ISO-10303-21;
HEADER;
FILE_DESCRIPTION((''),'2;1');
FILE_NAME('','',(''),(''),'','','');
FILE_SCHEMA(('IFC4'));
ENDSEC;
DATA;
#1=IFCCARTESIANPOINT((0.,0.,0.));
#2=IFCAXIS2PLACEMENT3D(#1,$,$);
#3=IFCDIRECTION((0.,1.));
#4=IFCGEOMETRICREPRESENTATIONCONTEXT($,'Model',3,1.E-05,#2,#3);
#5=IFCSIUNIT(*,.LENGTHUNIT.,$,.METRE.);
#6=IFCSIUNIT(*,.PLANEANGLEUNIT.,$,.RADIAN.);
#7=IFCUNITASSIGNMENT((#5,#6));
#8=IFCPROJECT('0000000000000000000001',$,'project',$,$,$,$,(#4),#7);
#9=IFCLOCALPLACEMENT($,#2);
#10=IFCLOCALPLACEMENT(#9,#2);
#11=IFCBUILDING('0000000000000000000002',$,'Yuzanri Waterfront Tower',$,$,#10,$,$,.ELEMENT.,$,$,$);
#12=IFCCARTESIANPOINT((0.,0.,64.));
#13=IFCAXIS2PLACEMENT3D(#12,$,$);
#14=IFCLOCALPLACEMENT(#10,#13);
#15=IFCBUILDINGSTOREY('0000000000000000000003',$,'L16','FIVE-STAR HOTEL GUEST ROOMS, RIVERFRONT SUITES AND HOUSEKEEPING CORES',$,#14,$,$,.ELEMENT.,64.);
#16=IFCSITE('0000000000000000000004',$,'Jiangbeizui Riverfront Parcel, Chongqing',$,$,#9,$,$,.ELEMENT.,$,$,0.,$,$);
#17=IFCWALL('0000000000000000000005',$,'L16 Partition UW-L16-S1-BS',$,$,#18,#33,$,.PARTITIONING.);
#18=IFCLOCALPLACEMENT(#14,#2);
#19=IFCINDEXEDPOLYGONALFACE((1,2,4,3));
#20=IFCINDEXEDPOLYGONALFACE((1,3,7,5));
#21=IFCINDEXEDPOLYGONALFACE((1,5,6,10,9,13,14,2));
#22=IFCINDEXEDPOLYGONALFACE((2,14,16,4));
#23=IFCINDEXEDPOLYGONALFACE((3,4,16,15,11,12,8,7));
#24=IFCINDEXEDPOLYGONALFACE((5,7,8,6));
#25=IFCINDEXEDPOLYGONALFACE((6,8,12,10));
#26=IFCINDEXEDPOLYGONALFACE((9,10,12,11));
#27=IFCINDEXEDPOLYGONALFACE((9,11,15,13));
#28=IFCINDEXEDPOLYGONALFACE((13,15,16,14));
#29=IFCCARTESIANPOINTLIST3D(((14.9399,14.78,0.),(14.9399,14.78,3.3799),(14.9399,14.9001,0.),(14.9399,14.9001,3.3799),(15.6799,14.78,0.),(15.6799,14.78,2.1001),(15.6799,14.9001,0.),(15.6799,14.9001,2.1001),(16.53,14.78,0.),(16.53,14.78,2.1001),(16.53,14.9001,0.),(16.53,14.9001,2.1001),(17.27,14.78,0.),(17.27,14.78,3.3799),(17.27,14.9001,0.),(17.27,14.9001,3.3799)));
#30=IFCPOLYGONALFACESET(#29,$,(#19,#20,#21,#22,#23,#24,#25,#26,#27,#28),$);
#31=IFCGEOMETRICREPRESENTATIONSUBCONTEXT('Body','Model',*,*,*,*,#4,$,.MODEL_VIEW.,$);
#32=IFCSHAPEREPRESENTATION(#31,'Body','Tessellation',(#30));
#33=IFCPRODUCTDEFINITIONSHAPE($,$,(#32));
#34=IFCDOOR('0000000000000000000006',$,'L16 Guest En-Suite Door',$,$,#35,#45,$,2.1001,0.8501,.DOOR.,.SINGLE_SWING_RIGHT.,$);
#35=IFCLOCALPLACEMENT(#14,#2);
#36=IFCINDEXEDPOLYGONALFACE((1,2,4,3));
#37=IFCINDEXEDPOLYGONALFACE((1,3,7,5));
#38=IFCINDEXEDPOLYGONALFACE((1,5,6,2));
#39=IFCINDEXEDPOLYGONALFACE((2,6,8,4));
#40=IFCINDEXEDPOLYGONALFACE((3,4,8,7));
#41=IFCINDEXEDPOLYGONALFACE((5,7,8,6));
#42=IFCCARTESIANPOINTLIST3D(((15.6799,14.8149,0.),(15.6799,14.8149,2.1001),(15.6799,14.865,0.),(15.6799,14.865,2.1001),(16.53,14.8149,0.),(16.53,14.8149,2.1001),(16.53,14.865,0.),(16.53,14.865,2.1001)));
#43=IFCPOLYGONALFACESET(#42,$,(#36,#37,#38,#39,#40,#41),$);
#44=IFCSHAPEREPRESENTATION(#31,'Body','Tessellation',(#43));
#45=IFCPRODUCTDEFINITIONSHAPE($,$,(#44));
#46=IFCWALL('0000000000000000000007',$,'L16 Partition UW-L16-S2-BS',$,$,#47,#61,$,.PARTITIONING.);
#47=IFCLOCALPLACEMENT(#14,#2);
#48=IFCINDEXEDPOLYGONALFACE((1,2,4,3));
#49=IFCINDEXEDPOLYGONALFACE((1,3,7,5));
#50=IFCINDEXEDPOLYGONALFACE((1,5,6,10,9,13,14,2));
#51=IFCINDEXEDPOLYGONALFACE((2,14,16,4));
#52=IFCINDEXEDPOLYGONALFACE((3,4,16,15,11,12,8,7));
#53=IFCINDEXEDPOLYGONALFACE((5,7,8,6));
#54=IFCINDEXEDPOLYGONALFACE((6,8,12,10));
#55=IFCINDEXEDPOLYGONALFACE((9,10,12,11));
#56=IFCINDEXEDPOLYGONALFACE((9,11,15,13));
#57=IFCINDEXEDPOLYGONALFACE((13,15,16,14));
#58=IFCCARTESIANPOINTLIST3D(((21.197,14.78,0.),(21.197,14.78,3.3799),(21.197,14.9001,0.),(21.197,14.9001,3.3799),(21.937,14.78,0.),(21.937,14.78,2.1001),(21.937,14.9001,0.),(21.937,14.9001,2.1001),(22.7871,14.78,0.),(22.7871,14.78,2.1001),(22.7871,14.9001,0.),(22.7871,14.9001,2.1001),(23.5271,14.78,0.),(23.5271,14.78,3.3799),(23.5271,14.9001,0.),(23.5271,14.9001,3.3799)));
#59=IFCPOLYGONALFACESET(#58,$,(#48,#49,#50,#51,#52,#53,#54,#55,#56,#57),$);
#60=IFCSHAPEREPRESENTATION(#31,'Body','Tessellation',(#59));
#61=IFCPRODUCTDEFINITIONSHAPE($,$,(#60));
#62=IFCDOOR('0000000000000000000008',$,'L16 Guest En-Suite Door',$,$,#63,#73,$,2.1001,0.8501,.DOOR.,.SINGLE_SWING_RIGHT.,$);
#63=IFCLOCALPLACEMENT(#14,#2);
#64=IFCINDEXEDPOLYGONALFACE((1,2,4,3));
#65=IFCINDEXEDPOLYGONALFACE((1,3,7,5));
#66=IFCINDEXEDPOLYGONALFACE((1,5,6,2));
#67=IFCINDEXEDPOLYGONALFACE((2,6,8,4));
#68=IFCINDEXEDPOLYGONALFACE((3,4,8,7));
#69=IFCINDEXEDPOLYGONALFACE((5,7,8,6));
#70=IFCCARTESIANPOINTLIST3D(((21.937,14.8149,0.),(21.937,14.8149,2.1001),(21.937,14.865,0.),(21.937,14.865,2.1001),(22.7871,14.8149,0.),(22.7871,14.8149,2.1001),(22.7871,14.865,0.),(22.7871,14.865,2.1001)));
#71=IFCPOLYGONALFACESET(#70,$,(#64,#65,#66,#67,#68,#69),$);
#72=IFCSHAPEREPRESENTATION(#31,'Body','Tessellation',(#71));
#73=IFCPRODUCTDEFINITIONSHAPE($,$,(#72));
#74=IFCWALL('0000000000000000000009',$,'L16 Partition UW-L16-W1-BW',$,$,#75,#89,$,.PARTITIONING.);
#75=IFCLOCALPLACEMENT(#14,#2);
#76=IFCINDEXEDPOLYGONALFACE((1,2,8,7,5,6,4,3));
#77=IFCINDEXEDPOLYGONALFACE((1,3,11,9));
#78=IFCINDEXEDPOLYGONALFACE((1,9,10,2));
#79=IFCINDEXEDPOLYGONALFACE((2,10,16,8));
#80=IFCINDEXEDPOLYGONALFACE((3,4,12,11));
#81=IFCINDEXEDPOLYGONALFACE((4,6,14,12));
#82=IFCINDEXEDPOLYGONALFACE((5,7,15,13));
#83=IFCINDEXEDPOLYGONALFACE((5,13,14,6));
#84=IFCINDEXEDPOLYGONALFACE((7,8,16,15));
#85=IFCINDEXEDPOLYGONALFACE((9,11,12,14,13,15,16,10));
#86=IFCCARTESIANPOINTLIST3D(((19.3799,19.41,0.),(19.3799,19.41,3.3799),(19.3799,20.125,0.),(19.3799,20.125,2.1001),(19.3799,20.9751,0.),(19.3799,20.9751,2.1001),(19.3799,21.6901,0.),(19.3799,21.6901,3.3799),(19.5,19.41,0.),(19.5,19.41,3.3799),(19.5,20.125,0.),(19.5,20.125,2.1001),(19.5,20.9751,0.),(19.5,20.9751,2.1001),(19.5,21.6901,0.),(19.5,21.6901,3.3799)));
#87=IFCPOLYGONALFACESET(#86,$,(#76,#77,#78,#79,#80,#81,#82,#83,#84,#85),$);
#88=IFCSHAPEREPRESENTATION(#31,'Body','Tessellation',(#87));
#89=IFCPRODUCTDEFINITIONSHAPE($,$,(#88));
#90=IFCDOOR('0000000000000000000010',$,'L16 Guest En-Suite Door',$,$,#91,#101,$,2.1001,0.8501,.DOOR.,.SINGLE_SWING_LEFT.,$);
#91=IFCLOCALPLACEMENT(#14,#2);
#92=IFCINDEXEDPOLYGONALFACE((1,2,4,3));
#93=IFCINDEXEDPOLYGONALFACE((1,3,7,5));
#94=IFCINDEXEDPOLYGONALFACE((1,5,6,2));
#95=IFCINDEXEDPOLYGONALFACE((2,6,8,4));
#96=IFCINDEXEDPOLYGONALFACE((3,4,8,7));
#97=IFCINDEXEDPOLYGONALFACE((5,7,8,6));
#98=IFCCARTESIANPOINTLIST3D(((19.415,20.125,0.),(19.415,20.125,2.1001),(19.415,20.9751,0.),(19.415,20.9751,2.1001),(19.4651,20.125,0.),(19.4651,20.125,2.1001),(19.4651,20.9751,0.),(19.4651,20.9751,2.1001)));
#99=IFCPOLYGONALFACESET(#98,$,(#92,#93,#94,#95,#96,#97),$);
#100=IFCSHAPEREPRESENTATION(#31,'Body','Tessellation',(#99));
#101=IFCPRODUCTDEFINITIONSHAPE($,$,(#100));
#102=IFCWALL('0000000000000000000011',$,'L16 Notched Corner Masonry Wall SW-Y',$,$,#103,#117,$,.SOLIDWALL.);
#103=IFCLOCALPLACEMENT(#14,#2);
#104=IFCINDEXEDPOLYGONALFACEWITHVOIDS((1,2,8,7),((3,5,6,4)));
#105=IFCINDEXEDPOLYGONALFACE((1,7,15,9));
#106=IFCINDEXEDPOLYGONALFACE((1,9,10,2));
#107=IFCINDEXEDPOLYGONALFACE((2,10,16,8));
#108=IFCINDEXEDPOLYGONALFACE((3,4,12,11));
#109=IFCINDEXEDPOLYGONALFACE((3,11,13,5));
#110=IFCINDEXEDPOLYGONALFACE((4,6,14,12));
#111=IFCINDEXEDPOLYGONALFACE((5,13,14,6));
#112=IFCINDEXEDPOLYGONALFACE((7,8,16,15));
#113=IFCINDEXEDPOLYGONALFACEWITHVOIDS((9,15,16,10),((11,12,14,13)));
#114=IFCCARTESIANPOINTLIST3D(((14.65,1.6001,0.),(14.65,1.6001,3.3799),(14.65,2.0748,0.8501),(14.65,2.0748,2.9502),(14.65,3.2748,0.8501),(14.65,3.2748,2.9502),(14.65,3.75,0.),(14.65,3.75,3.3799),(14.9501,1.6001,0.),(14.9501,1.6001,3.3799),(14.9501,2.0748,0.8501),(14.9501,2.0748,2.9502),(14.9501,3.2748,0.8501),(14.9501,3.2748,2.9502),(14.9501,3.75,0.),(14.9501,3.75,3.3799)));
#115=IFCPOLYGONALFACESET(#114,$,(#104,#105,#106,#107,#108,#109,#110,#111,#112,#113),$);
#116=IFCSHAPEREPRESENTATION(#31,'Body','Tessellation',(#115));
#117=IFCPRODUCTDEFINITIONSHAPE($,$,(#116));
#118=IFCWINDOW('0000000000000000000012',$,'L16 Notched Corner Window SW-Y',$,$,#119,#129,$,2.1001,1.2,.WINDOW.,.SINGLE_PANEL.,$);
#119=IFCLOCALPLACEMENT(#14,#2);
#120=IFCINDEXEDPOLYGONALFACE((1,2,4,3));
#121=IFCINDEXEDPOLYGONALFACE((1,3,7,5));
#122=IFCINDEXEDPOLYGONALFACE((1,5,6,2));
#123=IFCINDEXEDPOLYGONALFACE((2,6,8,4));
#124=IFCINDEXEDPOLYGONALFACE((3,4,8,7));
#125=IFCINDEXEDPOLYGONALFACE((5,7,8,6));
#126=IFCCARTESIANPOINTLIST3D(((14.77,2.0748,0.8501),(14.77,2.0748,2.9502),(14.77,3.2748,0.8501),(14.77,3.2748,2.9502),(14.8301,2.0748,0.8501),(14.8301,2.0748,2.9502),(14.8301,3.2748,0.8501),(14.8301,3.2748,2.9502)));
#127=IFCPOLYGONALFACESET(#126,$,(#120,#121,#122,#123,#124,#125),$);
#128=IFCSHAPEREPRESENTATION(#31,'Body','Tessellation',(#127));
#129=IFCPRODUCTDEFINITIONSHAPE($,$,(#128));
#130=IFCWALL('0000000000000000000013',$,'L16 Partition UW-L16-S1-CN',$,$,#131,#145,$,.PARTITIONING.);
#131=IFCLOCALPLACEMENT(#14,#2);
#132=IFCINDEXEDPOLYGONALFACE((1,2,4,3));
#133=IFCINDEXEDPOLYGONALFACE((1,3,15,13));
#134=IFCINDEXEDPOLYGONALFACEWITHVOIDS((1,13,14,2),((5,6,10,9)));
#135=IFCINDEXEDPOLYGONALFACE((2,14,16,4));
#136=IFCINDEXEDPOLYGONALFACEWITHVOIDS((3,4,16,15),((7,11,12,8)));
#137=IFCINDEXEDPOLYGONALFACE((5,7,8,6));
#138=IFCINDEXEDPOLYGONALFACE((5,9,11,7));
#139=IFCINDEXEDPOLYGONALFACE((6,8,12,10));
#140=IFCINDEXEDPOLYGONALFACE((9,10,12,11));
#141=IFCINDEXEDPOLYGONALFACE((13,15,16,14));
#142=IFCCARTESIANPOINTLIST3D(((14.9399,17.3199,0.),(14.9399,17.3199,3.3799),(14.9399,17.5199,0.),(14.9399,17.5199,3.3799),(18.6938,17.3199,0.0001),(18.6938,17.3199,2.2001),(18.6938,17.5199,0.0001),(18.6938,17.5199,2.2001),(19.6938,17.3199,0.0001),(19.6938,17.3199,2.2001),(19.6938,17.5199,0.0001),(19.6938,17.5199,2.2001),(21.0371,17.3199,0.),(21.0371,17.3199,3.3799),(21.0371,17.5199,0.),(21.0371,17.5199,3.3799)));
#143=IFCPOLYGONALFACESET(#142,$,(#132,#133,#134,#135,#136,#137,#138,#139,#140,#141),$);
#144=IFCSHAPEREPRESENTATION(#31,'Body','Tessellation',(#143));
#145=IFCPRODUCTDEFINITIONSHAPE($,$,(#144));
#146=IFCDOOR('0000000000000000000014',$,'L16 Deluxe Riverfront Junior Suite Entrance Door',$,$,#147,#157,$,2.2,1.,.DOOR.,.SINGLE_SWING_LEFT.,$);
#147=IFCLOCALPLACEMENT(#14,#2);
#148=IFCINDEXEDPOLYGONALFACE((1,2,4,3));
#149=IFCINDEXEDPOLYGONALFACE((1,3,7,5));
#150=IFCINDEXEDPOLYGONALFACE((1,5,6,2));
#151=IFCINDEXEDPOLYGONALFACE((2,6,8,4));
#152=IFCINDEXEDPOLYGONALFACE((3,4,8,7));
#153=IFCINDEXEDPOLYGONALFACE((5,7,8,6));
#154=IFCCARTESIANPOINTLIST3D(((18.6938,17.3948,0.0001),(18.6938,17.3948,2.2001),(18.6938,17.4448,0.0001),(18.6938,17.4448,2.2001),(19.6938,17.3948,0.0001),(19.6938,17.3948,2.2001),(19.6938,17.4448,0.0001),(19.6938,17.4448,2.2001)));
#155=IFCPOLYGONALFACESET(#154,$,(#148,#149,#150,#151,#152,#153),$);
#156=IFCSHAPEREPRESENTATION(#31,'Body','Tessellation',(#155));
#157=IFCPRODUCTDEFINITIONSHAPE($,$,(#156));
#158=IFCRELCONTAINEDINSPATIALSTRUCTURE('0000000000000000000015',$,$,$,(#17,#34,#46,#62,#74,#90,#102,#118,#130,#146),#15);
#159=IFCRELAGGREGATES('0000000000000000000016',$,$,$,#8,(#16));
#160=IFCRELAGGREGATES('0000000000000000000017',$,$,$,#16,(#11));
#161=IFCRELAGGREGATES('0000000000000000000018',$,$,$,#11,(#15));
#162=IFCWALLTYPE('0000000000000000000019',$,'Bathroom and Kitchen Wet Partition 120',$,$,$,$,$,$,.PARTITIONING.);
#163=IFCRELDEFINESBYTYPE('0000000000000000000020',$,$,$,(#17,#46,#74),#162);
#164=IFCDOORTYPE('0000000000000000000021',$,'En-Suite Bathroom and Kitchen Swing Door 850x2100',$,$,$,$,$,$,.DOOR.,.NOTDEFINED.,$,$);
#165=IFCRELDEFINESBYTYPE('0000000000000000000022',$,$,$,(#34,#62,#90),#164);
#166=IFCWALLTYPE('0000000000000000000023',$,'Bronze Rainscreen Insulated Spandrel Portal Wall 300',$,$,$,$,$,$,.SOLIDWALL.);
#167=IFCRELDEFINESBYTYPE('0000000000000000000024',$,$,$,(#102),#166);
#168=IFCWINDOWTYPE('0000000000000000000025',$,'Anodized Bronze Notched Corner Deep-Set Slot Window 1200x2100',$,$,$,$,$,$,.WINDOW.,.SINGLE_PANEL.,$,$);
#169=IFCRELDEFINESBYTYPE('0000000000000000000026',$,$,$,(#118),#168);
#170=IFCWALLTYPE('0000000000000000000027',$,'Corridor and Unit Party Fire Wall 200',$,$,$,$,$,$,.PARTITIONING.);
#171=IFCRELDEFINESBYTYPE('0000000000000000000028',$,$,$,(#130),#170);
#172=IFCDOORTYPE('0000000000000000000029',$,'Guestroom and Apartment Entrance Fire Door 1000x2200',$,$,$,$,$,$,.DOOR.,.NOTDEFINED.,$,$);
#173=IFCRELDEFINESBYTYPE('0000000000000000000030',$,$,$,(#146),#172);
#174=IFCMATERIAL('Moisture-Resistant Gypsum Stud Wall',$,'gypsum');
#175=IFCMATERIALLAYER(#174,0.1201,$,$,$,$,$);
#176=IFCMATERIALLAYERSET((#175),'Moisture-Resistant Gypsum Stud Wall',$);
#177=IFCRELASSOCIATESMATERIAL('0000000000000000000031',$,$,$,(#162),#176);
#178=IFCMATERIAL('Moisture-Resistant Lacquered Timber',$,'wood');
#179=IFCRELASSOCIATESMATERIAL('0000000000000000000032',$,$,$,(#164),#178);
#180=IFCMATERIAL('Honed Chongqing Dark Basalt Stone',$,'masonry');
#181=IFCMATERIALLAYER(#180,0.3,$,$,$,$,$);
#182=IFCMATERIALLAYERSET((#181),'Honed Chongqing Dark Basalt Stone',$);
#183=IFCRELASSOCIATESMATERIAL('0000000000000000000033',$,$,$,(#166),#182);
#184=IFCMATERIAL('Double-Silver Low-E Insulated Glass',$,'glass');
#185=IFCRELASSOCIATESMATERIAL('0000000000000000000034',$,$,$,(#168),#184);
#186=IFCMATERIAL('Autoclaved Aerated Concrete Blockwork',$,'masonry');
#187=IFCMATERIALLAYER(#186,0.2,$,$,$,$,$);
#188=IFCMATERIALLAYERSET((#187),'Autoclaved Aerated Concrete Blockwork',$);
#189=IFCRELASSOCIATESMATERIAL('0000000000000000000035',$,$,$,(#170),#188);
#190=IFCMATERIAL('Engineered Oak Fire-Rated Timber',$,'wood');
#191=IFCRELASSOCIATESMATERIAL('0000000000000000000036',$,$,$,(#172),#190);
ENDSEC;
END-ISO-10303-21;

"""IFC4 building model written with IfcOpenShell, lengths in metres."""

from ifc_helpers import new_model, si_unit, direction, frame, frame_2d, origin, place, context, subcontext, project, spatial, rectangle, extrude, source, transform, mapped, material, layer, layer_set, type_object, element, fill, save


model = new_model("IFC4")

# Units and contexts
model_context = context("Model", 3, precision=1e-05, world=origin(), true_north=direction((0.0, 1.0)))
body_context = subcontext(model_context, "Body", "Model", "MODEL_VIEW")
ifc_project = project(units=[si_unit("LENGTHUNIT", "METRE"), si_unit("PLANEANGLEUNIT", "RADIAN")], contexts=[model_context])

# Site, building, storey
site_placement = place(None, origin())
site = spatial("IfcSite", under=ifc_project, at=site_placement, Name="Jiangbeizui Riverfront Parcel, Chongqing", CompositionType="ELEMENT", RefElevation=0.0)
building_placement = place(site_placement, origin())
building = spatial("IfcBuilding", under=site, at=building_placement, Name="Yuzanri Waterfront Tower", CompositionType="ELEMENT")
storey_placement = place(building_placement, frame((0.0, 0.0, 64.0)))
storey = spatial("IfcBuildingStorey", under=building, at=storey_placement, Name="L16", Description="FIVE-STAR HOTEL GUEST ROOMS, RIVERFRONT SUITES AND HOUSEKEEPING CORES", CompositionType="ELEMENT", Elevation=64.0)

# Walls, openings, doors
ifc_material_1 = material(Name="Moisture-Resistant Gypsum Stud Wall", Category="gypsum")
ifc_layer_1 = layer(ifc_material_1, 0.1201)
ifc_layer_set_1 = layer_set([ifc_layer_1], Name="Moisture-Resistant Gypsum Stud Wall")
wall_type_1 = type_object("IfcWallType", Name="Bathroom and Kitchen Wet Partition 120", PredefinedType="PARTITIONING", material=ifc_layer_set_1)
wall_1_placement = place(storey_placement, frame((14.9399, 14.8401, 0.0), z_axis=(0.0, 0.0, 1.0), x_axis=(1.0, 0.0, 0.0)))
wall_1 = element("IfcWall", 1, at=wall_1_placement, inside=storey, type_object=wall_type_1, Name="L16 Partition UW-L16-S1-BS", PredefinedType="PARTITIONING", context=body_context, shape_type="SweptSolid", body=[
    extrude(rectangle(XDim=2.3301, YDim=0.1201, at=frame_2d((1.165, 0.0))), origin(), (0.0, 0.0, 1.0), 3.3799),
])
opening_1_placement = place(wall_1_placement, frame((0.74, 0.0, 0.0)))
opening_1 = element("IfcOpeningElement", 2, at=opening_1_placement, cuts=wall_1, PredefinedType="OPENING", context=body_context, shape_type="SweptSolid", body=[
    extrude(rectangle(XDim=0.8501, YDim=2.1001, at=frame_2d((0.425, 1.05))), frame((0.0, 0.075, 0.0), z_axis=(0.0, -1.0, 0.0), x_axis=(1.0, 0.0, 0.0)), (0.0, 0.0, 1.0), 0.1499),
])
ifc_material_2 = material(Name="Moisture-Resistant Lacquered Timber", Category="wood")
door_type_1 = type_object("IfcDoorType", Name="En-Suite Bathroom and Kitchen Swing Door 850x2100", OperationType="NOTDEFINED", PredefinedType="DOOR", material=ifc_material_2)
shared_shape_1 = source(origin(), body_context, "Body", "SweptSolid", [
    extrude(rectangle(XDim=0.8501, YDim=2.1001, at=frame_2d((0.425, 1.05))), frame((0.0, 0.0249, 0.0), z_axis=(0.0, -1.0, 0.0), x_axis=(1.0, 0.0, 0.0)), (0.0, 0.0, 1.0), 0.05),
])
door_1_placement = place(opening_1_placement, origin())
door_1 = element("IfcDoor", 3, at=door_1_placement, inside=storey, type_object=door_type_1, Name="L16 Guest En-Suite Door", OperationType="SINGLE_SWING_RIGHT", OverallHeight=2.1001, OverallWidth=0.8501, PredefinedType="DOOR", context=body_context, shape_type="MappedRepresentation", body=[
    mapped(shared_shape_1, transform((0.0, 0.0, 0.0), scale=1.0)),
])
fill(opening_1, door_1)
wall_2_placement = place(storey_placement, frame((21.197, 14.8401, 0.0), z_axis=(0.0, 0.0, 1.0), x_axis=(1.0, 0.0, 0.0)))
wall_2 = element("IfcWall", 4, at=wall_2_placement, inside=storey, type_object=wall_type_1, Name="L16 Partition UW-L16-S2-BS", PredefinedType="PARTITIONING", context=body_context, shape_type="SweptSolid", body=[
    extrude(rectangle(XDim=2.3301, YDim=0.1201, at=frame_2d((1.165, 0.0))), origin(), (0.0, 0.0, 1.0), 3.3799),
])
opening_2_placement = place(wall_2_placement, frame((0.74, 0.0, 0.0)))
opening_2 = element("IfcOpeningElement", 5, at=opening_2_placement, cuts=wall_2, PredefinedType="OPENING", context=body_context, shape_type="SweptSolid", body=[
    extrude(rectangle(XDim=0.8501, YDim=2.1001, at=frame_2d((0.425, 1.05))), frame((0.0, 0.075, 0.0), z_axis=(0.0, -1.0, 0.0), x_axis=(1.0, 0.0, 0.0)), (0.0, 0.0, 1.0), 0.1499),
])
door_2_placement = place(opening_2_placement, origin())
door_2 = element("IfcDoor", 6, at=door_2_placement, inside=storey, type_object=door_type_1, Name="L16 Guest En-Suite Door", OperationType="SINGLE_SWING_RIGHT", OverallHeight=2.1001, OverallWidth=0.8501, PredefinedType="DOOR", context=body_context, shape_type="MappedRepresentation", body=[
    mapped(shared_shape_1, transform((0.0, 0.0, 0.0), scale=1.0)),
])
fill(opening_2, door_2)
wall_3_placement = place(storey_placement, frame((19.4399, 19.4099, 0.0), z_axis=(0.0, 0.0, 1.0), x_axis=(0.0, 1.0, 0.0)))
wall_3 = element("IfcWall", 7, at=wall_3_placement, inside=storey, type_object=wall_type_1, Name="L16 Partition UW-L16-W1-BW", PredefinedType="PARTITIONING", context=body_context, shape_type="SweptSolid", body=[
    extrude(rectangle(XDim=2.28, YDim=0.1201, at=frame_2d((1.1401, 0.0))), origin(), (0.0, 0.0, 1.0), 3.3799),
])
opening_3_placement = place(wall_3_placement, frame((0.7151, 0.0, 0.0)))
opening_3 = element("IfcOpeningElement", 8, at=opening_3_placement, cuts=wall_3, PredefinedType="OPENING", context=body_context, shape_type="SweptSolid", body=[
    extrude(rectangle(XDim=0.8501, YDim=2.1001, at=frame_2d((0.425, 1.05))), frame((0.0, 0.075, 0.0), z_axis=(0.0, -1.0, 0.0), x_axis=(1.0, 0.0, 0.0)), (0.0, 0.0, 1.0), 0.1499),
])
door_3_placement = place(opening_3_placement, origin())
door_3 = element("IfcDoor", 9, at=door_3_placement, inside=storey, type_object=door_type_1, Name="L16 Guest En-Suite Door", OperationType="SINGLE_SWING_LEFT", OverallHeight=2.1001, OverallWidth=0.8501, PredefinedType="DOOR", context=body_context, shape_type="MappedRepresentation", body=[
    mapped(shared_shape_1, transform((0.0, 0.0, 0.0), scale=1.0)),
])
fill(opening_3, door_3)

# Wall, opening, window
ifc_material_3 = material(Name="Honed Chongqing Dark Basalt Stone", Category="masonry")
ifc_layer_2 = layer(ifc_material_3, 0.3)
ifc_layer_set_2 = layer_set([ifc_layer_2], Name="Honed Chongqing Dark Basalt Stone")
wall_type_2 = type_object("IfcWallType", Name="Bronze Rainscreen Insulated Spandrel Portal Wall 300", PredefinedType="SOLIDWALL", material=ifc_layer_set_2)
wall_4_placement = place(storey_placement, frame((14.8, 3.75, 0.0), z_axis=(0.0, 0.0, 1.0), x_axis=(0.0, -1.0, 0.0)))
wall_4 = element("IfcWall", 10, at=wall_4_placement, inside=storey, type_object=wall_type_2, Name="L16 Notched Corner Masonry Wall SW-Y", PredefinedType="SOLIDWALL", context=body_context, shape_type="SweptSolid", body=[
    extrude(rectangle(XDim=2.1499, YDim=0.3, at=frame_2d((1.075, 0.0))), origin(), (0.0, 0.0, 1.0), 3.3799),
])
opening_4_placement = place(wall_4_placement, frame((0.4751, 0.0, 0.8501)))
opening_4 = element("IfcOpeningElement", 11, at=opening_4_placement, cuts=wall_4, PredefinedType="OPENING", context=body_context, shape_type="SweptSolid", body=[
    extrude(rectangle(XDim=1.2, YDim=2.1001, at=frame_2d((0.6001, 1.05))), frame((0.0, 0.165, 0.0), z_axis=(0.0, -1.0, 0.0), x_axis=(1.0, 0.0, 0.0)), (0.0, 0.0, 1.0), 0.3298),
])
ifc_material_4 = material(Name="Double-Silver Low-E Insulated Glass", Category="glass")
window_type = type_object("IfcWindowType", Name="Anodized Bronze Notched Corner Deep-Set Slot Window 1200x2100", PartitioningType="SINGLE_PANEL", PredefinedType="WINDOW", material=ifc_material_4)
shared_shape_2 = source(origin(), body_context, "Body", "SweptSolid", [
    extrude(rectangle(XDim=1.2, YDim=2.1001, at=frame_2d((0.6001, 1.05))), frame((0.0, 0.03, 0.0), z_axis=(0.0, -1.0, 0.0), x_axis=(1.0, 0.0, 0.0)), (0.0, 0.0, 1.0), 0.0601),
])
window_placement = place(opening_4_placement, origin())
window = element("IfcWindow", 12, at=window_placement, inside=storey, type_object=window_type, Name="L16 Notched Corner Window SW-Y", OverallHeight=2.1001, OverallWidth=1.2, PartitioningType="SINGLE_PANEL", PredefinedType="WINDOW", context=body_context, shape_type="MappedRepresentation", body=[
    mapped(shared_shape_2, transform((0.0, 0.0, 0.0), scale=1.0)),
])
fill(opening_4, window)

# Wall, opening, door
ifc_material_5 = material(Name="Autoclaved Aerated Concrete Blockwork", Category="masonry")
ifc_layer_3 = layer(ifc_material_5, 0.2)
ifc_layer_set_3 = layer_set([ifc_layer_3], Name="Autoclaved Aerated Concrete Blockwork")
wall_type_3 = type_object("IfcWallType", Name="Corridor and Unit Party Fire Wall 200", PredefinedType="PARTITIONING", material=ifc_layer_set_3)
wall_5_placement = place(storey_placement, frame((14.9399, 17.4199, 0.0), z_axis=(0.0, 0.0, 1.0), x_axis=(1.0, 0.0, 0.0)))
wall_5 = element("IfcWall", 13, at=wall_5_placement, inside=storey, type_object=wall_type_3, Name="L16 Partition UW-L16-S1-CN", PredefinedType="PARTITIONING", context=body_context, shape_type="SweptSolid", body=[
    extrude(rectangle(XDim=6.0972, YDim=0.2, at=frame_2d((3.0486, 0.0))), origin(), (0.0, 0.0, 1.0), 3.3799),
])
opening_5_placement = place(wall_5_placement, frame((3.7539, 0.0, 0.0)))
opening_5 = element("IfcOpeningElement", 14, at=opening_5_placement, cuts=wall_5, PredefinedType="OPENING", context=body_context, shape_type="SweptSolid", body=[
    extrude(rectangle(XDim=1.0, YDim=2.2, at=frame_2d((0.5, 1.1001))), frame((0.0, 0.1147, 0.0), z_axis=(0.0, -1.0, 0.0), x_axis=(1.0, 0.0, 0.0)), (0.0, 0.0, 1.0), 0.2297),
])
ifc_material_6 = material(Name="Engineered Oak Fire-Rated Timber", Category="wood")
door_type_2 = type_object("IfcDoorType", Name="Guestroom and Apartment Entrance Fire Door 1000x2200", OperationType="NOTDEFINED", PredefinedType="DOOR", material=ifc_material_6)
shared_shape_3 = source(origin(), body_context, "Body", "SweptSolid", [
    extrude(rectangle(XDim=1.0, YDim=2.2, at=frame_2d((0.5, 1.1001))), frame((0.0, 0.0249, 0.0), z_axis=(0.0, -1.0, 0.0), x_axis=(1.0, 0.0, 0.0)), (0.0, 0.0, 1.0), 0.05),
])
door_4_placement = place(opening_5_placement, origin())
door_4 = element("IfcDoor", 15, at=door_4_placement, inside=storey, type_object=door_type_2, Name="L16 Deluxe Riverfront Junior Suite Entrance Door", OperationType="SINGLE_SWING_LEFT", OverallHeight=2.2, OverallWidth=1.0, PredefinedType="DOOR", context=body_context, shape_type="MappedRepresentation", body=[
    mapped(shared_shape_3, transform((0.0, 0.0, 0.0), scale=1.0)),
])
fill(opening_5, door_4)

save(model, "model.ifc")
